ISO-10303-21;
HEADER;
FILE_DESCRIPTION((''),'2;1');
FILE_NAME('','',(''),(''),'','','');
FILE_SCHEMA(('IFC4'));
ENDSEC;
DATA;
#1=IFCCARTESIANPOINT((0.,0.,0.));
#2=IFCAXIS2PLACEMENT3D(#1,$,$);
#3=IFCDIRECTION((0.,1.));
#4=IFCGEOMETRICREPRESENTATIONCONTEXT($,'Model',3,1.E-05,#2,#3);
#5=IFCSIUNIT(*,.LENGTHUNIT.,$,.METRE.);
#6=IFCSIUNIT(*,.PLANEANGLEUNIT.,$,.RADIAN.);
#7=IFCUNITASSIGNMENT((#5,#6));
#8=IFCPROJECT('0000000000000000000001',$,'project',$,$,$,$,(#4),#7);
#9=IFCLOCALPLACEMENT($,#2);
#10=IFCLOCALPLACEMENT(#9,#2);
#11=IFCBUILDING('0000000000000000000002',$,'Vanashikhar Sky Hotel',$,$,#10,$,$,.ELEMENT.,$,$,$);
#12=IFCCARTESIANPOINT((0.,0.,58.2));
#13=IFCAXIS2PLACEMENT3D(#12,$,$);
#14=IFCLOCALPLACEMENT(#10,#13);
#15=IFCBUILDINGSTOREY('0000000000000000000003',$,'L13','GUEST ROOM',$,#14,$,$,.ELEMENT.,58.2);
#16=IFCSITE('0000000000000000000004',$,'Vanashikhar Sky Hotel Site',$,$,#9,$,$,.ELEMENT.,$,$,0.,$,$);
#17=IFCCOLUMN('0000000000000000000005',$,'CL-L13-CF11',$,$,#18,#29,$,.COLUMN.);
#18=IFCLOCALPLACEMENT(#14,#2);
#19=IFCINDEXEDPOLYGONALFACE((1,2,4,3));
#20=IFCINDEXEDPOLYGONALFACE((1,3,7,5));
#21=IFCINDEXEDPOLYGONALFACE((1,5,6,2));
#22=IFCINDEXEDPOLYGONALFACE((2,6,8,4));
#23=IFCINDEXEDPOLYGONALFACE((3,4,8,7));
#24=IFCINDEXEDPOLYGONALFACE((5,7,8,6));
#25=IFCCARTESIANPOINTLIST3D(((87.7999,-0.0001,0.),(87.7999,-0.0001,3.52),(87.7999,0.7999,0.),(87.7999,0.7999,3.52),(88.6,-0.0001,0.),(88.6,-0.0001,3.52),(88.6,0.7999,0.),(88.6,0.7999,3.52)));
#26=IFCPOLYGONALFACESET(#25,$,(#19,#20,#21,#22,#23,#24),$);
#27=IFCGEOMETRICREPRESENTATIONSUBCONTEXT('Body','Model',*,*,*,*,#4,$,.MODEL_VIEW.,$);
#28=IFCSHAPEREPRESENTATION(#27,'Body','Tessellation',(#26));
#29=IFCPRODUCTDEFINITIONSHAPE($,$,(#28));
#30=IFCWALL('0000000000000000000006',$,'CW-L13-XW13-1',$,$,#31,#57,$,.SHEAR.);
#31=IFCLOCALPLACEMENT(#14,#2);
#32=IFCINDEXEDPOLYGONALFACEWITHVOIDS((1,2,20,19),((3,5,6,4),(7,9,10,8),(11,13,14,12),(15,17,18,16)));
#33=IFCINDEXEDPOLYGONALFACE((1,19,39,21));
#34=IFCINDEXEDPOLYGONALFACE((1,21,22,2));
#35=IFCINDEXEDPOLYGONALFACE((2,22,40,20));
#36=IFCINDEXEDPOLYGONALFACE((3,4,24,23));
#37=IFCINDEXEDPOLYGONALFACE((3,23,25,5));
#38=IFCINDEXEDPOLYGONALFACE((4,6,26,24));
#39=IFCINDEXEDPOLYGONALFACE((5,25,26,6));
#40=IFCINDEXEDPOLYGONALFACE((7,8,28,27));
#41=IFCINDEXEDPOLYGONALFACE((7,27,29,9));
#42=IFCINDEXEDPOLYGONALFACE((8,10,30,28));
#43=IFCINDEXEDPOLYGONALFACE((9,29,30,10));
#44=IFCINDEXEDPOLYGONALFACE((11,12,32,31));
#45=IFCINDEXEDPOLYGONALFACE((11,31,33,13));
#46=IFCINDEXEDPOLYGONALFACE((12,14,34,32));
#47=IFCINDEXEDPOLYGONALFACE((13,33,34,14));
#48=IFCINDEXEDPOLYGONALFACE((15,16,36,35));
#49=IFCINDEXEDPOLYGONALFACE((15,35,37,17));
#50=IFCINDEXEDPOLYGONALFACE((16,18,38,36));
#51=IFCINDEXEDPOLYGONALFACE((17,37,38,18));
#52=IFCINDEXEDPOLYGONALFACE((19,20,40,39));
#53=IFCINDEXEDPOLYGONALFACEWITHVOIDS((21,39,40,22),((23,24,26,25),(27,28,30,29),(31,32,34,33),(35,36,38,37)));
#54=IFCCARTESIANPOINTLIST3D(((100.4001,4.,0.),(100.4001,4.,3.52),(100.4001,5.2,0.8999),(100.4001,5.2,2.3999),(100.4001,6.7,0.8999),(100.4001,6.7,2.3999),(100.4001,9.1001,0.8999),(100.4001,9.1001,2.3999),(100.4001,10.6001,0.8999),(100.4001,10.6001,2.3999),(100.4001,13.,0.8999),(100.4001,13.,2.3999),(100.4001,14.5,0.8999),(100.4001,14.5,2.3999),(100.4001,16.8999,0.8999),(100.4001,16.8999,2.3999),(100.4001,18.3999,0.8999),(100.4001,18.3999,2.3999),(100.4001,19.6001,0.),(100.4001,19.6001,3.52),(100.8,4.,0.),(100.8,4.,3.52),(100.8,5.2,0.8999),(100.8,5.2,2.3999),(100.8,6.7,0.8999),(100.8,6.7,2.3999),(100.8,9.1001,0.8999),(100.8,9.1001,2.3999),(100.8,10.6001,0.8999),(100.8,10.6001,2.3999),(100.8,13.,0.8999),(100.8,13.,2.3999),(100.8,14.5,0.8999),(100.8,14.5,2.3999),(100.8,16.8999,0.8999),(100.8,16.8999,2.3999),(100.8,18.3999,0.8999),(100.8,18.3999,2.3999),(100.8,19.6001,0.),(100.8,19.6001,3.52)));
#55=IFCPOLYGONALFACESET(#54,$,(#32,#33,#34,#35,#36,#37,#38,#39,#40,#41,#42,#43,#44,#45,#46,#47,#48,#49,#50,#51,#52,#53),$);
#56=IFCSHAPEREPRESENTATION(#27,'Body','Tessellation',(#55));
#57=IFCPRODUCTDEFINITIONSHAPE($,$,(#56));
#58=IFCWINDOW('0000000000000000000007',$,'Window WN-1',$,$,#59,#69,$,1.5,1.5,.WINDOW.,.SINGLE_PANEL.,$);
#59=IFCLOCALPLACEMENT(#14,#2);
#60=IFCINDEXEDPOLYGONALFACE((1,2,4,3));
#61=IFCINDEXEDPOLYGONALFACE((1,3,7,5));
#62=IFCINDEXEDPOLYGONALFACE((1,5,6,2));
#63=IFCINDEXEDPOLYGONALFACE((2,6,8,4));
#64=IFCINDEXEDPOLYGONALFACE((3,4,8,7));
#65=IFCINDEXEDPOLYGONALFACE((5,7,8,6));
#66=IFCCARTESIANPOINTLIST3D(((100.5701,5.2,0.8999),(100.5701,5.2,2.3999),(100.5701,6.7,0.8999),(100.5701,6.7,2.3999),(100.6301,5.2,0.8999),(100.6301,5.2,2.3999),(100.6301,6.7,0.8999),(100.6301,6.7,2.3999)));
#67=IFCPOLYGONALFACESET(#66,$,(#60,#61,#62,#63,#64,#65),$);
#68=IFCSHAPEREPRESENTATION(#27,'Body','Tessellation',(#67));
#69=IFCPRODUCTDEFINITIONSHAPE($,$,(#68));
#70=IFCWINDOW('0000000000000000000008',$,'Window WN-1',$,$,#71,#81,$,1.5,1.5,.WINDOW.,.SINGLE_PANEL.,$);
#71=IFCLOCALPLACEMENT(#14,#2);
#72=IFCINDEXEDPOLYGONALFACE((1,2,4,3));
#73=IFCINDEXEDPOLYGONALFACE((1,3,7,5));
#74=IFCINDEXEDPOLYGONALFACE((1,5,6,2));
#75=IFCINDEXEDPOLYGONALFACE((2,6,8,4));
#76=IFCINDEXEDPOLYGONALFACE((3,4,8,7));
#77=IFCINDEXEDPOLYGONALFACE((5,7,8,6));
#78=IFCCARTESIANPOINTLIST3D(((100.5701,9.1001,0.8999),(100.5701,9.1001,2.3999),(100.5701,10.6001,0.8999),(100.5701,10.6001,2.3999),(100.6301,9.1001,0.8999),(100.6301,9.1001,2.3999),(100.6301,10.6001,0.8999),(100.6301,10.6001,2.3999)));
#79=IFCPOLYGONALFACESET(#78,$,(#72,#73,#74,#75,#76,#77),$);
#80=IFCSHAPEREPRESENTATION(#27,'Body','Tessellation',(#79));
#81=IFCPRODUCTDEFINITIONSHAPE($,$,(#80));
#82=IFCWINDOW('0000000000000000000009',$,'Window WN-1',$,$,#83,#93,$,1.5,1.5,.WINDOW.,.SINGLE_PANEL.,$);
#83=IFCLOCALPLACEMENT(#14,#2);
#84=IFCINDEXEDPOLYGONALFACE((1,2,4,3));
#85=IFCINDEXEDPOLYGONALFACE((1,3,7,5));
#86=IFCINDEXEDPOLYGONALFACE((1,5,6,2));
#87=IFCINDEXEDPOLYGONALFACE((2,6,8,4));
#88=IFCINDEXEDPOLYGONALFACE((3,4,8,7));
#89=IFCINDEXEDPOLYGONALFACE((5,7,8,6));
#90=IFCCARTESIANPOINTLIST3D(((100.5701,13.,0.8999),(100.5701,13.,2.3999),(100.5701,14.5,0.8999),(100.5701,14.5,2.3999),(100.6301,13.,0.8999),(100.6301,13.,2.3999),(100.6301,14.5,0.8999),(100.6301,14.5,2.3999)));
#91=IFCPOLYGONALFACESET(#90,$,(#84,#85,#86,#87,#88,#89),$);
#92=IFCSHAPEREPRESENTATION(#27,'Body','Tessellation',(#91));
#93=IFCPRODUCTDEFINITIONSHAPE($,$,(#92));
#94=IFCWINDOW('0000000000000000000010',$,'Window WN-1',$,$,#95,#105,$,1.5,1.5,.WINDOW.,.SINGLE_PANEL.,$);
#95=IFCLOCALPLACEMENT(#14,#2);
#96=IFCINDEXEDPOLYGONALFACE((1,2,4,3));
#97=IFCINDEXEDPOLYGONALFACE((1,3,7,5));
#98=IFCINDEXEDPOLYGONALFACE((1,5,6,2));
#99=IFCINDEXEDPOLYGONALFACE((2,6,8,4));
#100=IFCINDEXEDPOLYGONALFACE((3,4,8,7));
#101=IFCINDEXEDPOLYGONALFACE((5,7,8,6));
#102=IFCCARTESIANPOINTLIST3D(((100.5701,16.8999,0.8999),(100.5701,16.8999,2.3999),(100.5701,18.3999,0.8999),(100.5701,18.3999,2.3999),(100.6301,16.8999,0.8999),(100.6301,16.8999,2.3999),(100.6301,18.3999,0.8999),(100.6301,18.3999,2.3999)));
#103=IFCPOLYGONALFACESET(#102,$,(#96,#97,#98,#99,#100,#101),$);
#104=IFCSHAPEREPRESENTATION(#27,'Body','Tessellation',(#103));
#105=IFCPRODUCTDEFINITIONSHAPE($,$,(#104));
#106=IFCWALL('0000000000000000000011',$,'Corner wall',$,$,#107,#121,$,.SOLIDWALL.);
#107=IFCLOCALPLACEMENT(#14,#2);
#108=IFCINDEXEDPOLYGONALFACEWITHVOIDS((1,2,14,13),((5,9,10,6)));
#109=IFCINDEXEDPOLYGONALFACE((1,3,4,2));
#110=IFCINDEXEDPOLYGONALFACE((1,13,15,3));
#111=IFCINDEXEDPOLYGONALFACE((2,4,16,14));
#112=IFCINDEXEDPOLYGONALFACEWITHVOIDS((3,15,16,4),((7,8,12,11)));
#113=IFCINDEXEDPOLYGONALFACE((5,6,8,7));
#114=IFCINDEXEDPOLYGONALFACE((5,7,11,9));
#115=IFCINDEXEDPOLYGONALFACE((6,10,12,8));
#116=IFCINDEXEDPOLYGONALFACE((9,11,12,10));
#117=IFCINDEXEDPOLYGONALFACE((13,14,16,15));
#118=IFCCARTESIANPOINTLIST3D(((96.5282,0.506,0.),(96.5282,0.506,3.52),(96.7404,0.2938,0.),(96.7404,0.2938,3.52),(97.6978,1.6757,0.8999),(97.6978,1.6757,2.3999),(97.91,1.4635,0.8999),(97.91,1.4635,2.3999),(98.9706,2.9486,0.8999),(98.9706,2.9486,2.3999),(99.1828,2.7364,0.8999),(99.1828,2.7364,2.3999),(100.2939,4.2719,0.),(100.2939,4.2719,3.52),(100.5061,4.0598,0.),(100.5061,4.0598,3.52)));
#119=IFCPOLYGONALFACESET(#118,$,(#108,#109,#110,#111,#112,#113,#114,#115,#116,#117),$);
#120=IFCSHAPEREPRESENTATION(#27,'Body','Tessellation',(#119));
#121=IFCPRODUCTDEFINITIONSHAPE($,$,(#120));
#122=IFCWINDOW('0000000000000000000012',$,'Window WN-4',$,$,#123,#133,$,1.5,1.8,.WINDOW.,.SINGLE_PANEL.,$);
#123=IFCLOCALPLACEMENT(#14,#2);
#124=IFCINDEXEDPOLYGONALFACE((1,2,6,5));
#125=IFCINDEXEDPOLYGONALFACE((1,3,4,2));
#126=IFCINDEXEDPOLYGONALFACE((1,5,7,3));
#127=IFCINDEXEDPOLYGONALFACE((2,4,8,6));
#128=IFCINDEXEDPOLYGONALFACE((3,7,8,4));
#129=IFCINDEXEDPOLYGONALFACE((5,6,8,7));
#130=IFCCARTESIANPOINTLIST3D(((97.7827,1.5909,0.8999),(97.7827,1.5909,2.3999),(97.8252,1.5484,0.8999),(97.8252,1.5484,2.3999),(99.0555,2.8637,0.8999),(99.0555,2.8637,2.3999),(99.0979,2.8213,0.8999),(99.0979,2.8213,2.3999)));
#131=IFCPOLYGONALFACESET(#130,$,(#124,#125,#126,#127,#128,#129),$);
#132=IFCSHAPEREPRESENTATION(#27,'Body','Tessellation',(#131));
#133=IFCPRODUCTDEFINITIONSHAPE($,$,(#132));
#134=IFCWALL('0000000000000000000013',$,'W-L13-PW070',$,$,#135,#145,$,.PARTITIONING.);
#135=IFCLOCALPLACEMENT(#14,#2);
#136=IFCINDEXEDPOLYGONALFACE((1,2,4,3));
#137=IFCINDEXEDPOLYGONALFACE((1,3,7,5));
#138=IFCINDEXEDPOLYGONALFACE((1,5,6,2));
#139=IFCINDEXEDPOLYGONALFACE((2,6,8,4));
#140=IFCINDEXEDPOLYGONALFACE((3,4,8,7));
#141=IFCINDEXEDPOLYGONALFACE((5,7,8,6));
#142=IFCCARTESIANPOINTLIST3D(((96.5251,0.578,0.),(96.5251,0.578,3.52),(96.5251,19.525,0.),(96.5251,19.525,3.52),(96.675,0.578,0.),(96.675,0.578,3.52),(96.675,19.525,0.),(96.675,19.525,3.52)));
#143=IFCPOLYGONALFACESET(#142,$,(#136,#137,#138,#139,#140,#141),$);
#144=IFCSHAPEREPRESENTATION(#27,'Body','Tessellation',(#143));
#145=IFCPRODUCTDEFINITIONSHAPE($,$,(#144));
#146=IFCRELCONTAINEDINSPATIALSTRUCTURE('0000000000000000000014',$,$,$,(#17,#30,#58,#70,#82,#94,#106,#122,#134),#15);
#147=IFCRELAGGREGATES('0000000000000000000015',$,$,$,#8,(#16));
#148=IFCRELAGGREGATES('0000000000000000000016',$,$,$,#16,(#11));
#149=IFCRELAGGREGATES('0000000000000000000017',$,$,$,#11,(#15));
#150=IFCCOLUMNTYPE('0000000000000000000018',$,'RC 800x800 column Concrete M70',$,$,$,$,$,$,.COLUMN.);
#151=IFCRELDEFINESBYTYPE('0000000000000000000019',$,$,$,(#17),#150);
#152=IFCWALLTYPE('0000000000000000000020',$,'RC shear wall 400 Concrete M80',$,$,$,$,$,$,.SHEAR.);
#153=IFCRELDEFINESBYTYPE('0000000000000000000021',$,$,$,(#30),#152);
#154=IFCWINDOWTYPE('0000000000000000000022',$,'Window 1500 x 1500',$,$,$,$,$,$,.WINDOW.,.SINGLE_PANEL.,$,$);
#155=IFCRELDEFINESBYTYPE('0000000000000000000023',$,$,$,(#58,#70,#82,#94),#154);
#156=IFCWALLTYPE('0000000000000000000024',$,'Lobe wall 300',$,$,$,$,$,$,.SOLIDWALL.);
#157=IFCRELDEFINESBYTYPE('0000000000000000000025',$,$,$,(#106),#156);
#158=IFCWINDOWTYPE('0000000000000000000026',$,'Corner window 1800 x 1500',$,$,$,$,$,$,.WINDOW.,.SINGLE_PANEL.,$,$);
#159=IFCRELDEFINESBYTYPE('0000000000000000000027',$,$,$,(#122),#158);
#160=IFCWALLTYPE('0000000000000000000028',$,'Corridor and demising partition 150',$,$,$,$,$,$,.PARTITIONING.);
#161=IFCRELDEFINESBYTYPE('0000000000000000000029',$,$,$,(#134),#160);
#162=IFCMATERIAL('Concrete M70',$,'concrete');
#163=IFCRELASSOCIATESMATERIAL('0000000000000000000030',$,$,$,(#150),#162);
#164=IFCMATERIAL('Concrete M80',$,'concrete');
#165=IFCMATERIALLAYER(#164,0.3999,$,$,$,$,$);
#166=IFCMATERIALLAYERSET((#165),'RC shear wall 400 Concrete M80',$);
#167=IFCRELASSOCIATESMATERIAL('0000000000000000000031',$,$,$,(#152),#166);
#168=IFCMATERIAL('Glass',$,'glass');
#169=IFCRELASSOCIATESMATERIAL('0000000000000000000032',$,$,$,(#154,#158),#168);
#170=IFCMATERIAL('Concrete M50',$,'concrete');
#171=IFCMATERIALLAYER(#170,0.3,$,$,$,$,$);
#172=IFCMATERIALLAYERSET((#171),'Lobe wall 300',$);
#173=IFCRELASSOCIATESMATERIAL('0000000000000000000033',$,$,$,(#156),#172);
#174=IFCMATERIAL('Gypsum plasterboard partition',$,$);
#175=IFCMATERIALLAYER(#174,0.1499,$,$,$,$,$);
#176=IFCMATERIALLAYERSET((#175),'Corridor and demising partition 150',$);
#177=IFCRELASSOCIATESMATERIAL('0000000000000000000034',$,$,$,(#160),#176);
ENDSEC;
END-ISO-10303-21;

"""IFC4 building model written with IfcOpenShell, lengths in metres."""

from ifc_helpers import new_model, si_unit, direction, frame, frame_2d, origin, origin_2d, place, context, subcontext, project, spatial, rectangle, extrude, source, transform, mapped, material, layer, layer_set, material_profile, profile_set, type_object, element, fill, save


model = new_model("IFC4")

# Units and contexts
model_context = context("Model", 3, precision=1e-05, world=origin(), true_north=direction((0.0, 1.0)))
body_context = subcontext(model_context, "Body", "Model", "MODEL_VIEW")
ifc_project = project(units=[si_unit("LENGTHUNIT", "METRE"), si_unit("PLANEANGLEUNIT", "RADIAN")], contexts=[model_context])

# Site, building, storey
site_placement = place(None, origin())
site = spatial("IfcSite", under=ifc_project, at=site_placement, Name="Vanashikhar Sky Hotel Site", CompositionType="ELEMENT", RefElevation=0.0)
building_placement = place(site_placement, origin())
building = spatial("IfcBuilding", under=site, at=building_placement, Name="Vanashikhar Sky Hotel", CompositionType="ELEMENT")
storey_placement = place(building_placement, frame((0.0, 0.0, 58.2)))
storey = spatial("IfcBuildingStorey", under=building, at=storey_placement, Name="L13", Description="GUEST ROOM", CompositionType="ELEMENT", Elevation=58.2)

# Column
ifc_material_1 = material(Name="Concrete M70", Category="concrete")
ifc_material_profile = material_profile(ifc_material_1, rectangle(XDim=0.8, YDim=0.8, at=origin_2d()))
ifc_profile_set = profile_set([ifc_material_profile], Name="RC 800x800 column Concrete M70")
column_type = type_object("IfcColumnType", Name="RC 800x800 column Concrete M70", PredefinedType="COLUMN", material=ifc_profile_set)
shared_shape_1 = source(origin(), body_context, "Body", "SweptSolid", [
    extrude(rectangle(XDim=0.8, YDim=0.8, at=origin_2d()), origin(), (0.0, 0.0, 1.0), 3.52),
])
column_placement = place(storey_placement, frame((88.2, 0.3999, 0.0), z_axis=(0.0, 0.0, 1.0), x_axis=(1.0, 0.0, 0.0)))
element("IfcColumn", 1, at=column_placement, inside=storey, type_object=column_type, Name="CL-L13-CF11", PredefinedType="COLUMN", context=body_context, shape_type="MappedRepresentation", body=[
    mapped(shared_shape_1, transform((0.0, 0.0, 0.0), scale=1.0)),
])

# Wall, openings, windows
ifc_material_2 = material(Name="Concrete M80", Category="concrete")
ifc_layer_1 = layer(ifc_material_2, 0.3999)
ifc_layer_set_1 = layer_set([ifc_layer_1], Name="RC shear wall 400 Concrete M80")
wall_type_1 = type_object("IfcWallType", Name="RC shear wall 400 Concrete M80", PredefinedType="SHEAR", material=ifc_layer_set_1)
shared_shape_2 = source(origin(), body_context, "Body", "SweptSolid", [
    extrude(rectangle(XDim=15.6001, YDim=0.3999, at=frame_2d((7.8, 0.0))), origin(), (0.0, 0.0, 1.0), 3.52),
])
wall_1_placement = place(storey_placement, frame((100.6001, 4.0, 0.0), z_axis=(0.0, 0.0, 1.0), x_axis=(0.0, 1.0, 0.0)))
wall_1 = element("IfcWall", 2, at=wall_1_placement, inside=storey, type_object=wall_type_1, Name="CW-L13-XW13-1", PredefinedType="SHEAR", context=body_context, shape_type="MappedRepresentation", body=[
    mapped(shared_shape_2, transform((0.0, 0.0, 0.0), scale=1.0)),
])
shared_shape_3 = source(origin(), body_context, "Body", "SweptSolid", [
    extrude(rectangle(XDim=1.5, YDim=1.5, at=frame_2d((0.75, 0.75))), frame((0.0, 0.21, 0.0), z_axis=(0.0, -1.0, 0.0), x_axis=(1.0, 0.0, 0.0)), (0.0, 0.0, 1.0), 0.4199),
])
opening_1_placement = place(wall_1_placement, frame((1.2, 0.0, 0.8999)))
opening_1 = element("IfcOpeningElement", 3, at=opening_1_placement, cuts=wall_1, PredefinedType="OPENING", context=body_context, shape_type="MappedRepresentation", body=[
    mapped(shared_shape_3, transform((0.0, 0.0, 0.0), scale=1.0)),
])
opening_2_placement = place(wall_1_placement, frame((5.1001, 0.0, 0.8999)))
opening_2 = element("IfcOpeningElement", 4, at=opening_2_placement, cuts=wall_1, PredefinedType="OPENING", context=body_context, shape_type="MappedRepresentation", body=[
    mapped(shared_shape_3, transform((0.0, 0.0, 0.0), scale=1.0)),
])
opening_3_placement = place(wall_1_placement, frame((9.0, 0.0, 0.8999)))
opening_3 = element("IfcOpeningElement", 5, at=opening_3_placement, cuts=wall_1, PredefinedType="OPENING", context=body_context, shape_type="MappedRepresentation", body=[
    mapped(shared_shape_3, transform((0.0, 0.0, 0.0), scale=1.0)),
])
opening_4_placement = place(wall_1_placement, frame((12.8999, 0.0, 0.8999)))
opening_4 = element("IfcOpeningElement", 6, at=opening_4_placement, cuts=wall_1, PredefinedType="OPENING", context=body_context, shape_type="MappedRepresentation", body=[
    mapped(shared_shape_3, transform((0.0, 0.0, 0.0), scale=1.0)),
])
ifc_material_3 = material(Name="Glass", Category="glass")
window_type_1 = type_object("IfcWindowType", Name="Window 1500 x 1500", PartitioningType="SINGLE_PANEL", PredefinedType="WINDOW", material=ifc_material_3)
shared_shape_4 = source(origin(), body_context, "Body", "SweptSolid", [
    extrude(rectangle(XDim=1.5, YDim=1.5, at=frame_2d((0.75, 0.75))), frame((0.0, 0.03, 0.0), z_axis=(0.0, -1.0, 0.0), x_axis=(1.0, 0.0, 0.0)), (0.0, 0.0, 1.0), 0.0601),
])
window_1_placement = place(opening_1_placement, origin())
window_1 = element("IfcWindow", 7, at=window_1_placement, inside=storey, type_object=window_type_1, Name="Window WN-1", OverallHeight=1.5, OverallWidth=1.5, PartitioningType="SINGLE_PANEL", PredefinedType="WINDOW", context=body_context, shape_type="MappedRepresentation", body=[
    mapped(shared_shape_4, transform((0.0, 0.0, 0.0), scale=1.0)),
])
fill(opening_1, window_1)
window_2_placement = place(opening_2_placement, origin())
window_2 = element("IfcWindow", 8, at=window_2_placement, inside=storey, type_object=window_type_1, Name="Window WN-1", OverallHeight=1.5, OverallWidth=1.5, PartitioningType="SINGLE_PANEL", PredefinedType="WINDOW", context=body_context, shape_type="MappedRepresentation", body=[
    mapped(shared_shape_4, transform((0.0, 0.0, 0.0), scale=1.0)),
])
fill(opening_2, window_2)
window_3_placement = place(opening_3_placement, origin())
window_3 = element("IfcWindow", 9, at=window_3_placement, inside=storey, type_object=window_type_1, Name="Window WN-1", OverallHeight=1.5, OverallWidth=1.5, PartitioningType="SINGLE_PANEL", PredefinedType="WINDOW", context=body_context, shape_type="MappedRepresentation", body=[
    mapped(shared_shape_4, transform((0.0, 0.0, 0.0), scale=1.0)),
])
fill(opening_3, window_3)
window_4_placement = place(opening_4_placement, origin())
window_4 = element("IfcWindow", 10, at=window_4_placement, inside=storey, type_object=window_type_1, Name="Window WN-1", OverallHeight=1.5, OverallWidth=1.5, PartitioningType="SINGLE_PANEL", PredefinedType="WINDOW", context=body_context, shape_type="MappedRepresentation", body=[
    mapped(shared_shape_4, transform((0.0, 0.0, 0.0), scale=1.0)),
])
fill(opening_4, window_4)

# Wall, opening, window
ifc_material_4 = material(Name="Concrete M50", Category="concrete")
ifc_layer_2 = layer(ifc_material_4, 0.3)
ifc_layer_set_2 = layer_set([ifc_layer_2], Name="Lobe wall 300")
wall_type_2 = type_object("IfcWallType", Name="Lobe wall 300", PredefinedType="SOLIDWALL", material=ifc_layer_set_2)
shared_shape_5 = source(origin(), body_context, "Body", "SweptSolid", [
    extrude(rectangle(XDim=5.3257, YDim=0.3, at=frame_2d((2.6628, 0.0))), origin(), (0.0, 0.0, 1.0), 3.52),
])
wall_2_placement = place(storey_placement, frame((96.6343, 0.3999, 0.0), z_axis=(0.0, 0.0, 1.0), x_axis=(0.707084, 0.70713, 0.0)))
wall_2 = element("IfcWall", 11, at=wall_2_placement, inside=storey, type_object=wall_type_2, Name="Corner wall", PredefinedType="SOLIDWALL", context=body_context, shape_type="MappedRepresentation", body=[
    mapped(shared_shape_5, transform((0.0, 0.0, 0.0), scale=1.0)),
])
shared_shape_6 = source(origin(), body_context, "Body", "SweptSolid", [
    extrude(rectangle(XDim=1.8, YDim=1.5, at=frame_2d((0.8999, 0.75))), frame((0.0, 0.1602, 0.0), z_axis=(0.0, -1.0, 0.0), x_axis=(1.0, 0.0, 0.0)), (0.0, 0.0, 1.0), 0.3201),
])
opening_5_placement = place(wall_2_placement, frame((1.6543, 0.0, 0.8999)))
opening_5 = element("IfcOpeningElement", 12, at=opening_5_placement, cuts=wall_2, PredefinedType="OPENING", context=body_context, shape_type="MappedRepresentation", body=[
    mapped(shared_shape_6, transform((0.0, 0.0, 0.0), scale=1.0)),
])
window_type_2 = type_object("IfcWindowType", Name="Corner window 1800 x 1500", PartitioningType="SINGLE_PANEL", PredefinedType="WINDOW", material=ifc_material_3)
shared_shape_7 = source(origin(), body_context, "Body", "SweptSolid", [
    extrude(rectangle(XDim=1.8, YDim=1.5, at=frame_2d((0.8999, 0.75))), frame((0.0, 0.03, 0.0), z_axis=(0.0, -1.0, 0.0), x_axis=(1.0, 0.0, 0.0)), (0.0, 0.0, 1.0), 0.0601),
])
window_5_placement = place(opening_5_placement, origin())
window_5 = element("IfcWindow", 13, at=window_5_placement, inside=storey, type_object=window_type_2, Name="Window WN-4", OverallHeight=1.5, OverallWidth=1.8, PartitioningType="SINGLE_PANEL", PredefinedType="WINDOW", context=body_context, shape_type="MappedRepresentation", body=[
    mapped(shared_shape_7, transform((0.0, 0.0, 0.0), scale=1.0)),
])
fill(opening_5, window_5)

# Wall
ifc_material_5 = material(Name="Gypsum plasterboard partition")
ifc_layer_3 = layer(ifc_material_5, 0.1499)
ifc_layer_set_3 = layer_set([ifc_layer_3], Name="Corridor and demising partition 150")
wall_type_3 = type_object("IfcWallType", Name="Corridor and demising partition 150", PredefinedType="PARTITIONING", material=ifc_layer_set_3)
shared_shape_8 = source(origin(), body_context, "Body", "SweptSolid", [
    extrude(rectangle(XDim=18.947, YDim=0.1499, at=frame_2d((9.4736, 0.0))), origin(), (0.0, 0.0, 1.0), 3.52),
])
wall_3_placement = place(storey_placement, frame((96.6001, 0.5779, 0.0), z_axis=(0.0, 0.0, 1.0), x_axis=(0.0, 1.0, 0.0)))
element("IfcWall", 14, at=wall_3_placement, inside=storey, type_object=wall_type_3, Name="W-L13-PW070", PredefinedType="PARTITIONING", context=body_context, shape_type="MappedRepresentation", body=[
    mapped(shared_shape_8, transform((0.0, 0.0, 0.0), scale=1.0)),
])

save(model, "model.ifc")
